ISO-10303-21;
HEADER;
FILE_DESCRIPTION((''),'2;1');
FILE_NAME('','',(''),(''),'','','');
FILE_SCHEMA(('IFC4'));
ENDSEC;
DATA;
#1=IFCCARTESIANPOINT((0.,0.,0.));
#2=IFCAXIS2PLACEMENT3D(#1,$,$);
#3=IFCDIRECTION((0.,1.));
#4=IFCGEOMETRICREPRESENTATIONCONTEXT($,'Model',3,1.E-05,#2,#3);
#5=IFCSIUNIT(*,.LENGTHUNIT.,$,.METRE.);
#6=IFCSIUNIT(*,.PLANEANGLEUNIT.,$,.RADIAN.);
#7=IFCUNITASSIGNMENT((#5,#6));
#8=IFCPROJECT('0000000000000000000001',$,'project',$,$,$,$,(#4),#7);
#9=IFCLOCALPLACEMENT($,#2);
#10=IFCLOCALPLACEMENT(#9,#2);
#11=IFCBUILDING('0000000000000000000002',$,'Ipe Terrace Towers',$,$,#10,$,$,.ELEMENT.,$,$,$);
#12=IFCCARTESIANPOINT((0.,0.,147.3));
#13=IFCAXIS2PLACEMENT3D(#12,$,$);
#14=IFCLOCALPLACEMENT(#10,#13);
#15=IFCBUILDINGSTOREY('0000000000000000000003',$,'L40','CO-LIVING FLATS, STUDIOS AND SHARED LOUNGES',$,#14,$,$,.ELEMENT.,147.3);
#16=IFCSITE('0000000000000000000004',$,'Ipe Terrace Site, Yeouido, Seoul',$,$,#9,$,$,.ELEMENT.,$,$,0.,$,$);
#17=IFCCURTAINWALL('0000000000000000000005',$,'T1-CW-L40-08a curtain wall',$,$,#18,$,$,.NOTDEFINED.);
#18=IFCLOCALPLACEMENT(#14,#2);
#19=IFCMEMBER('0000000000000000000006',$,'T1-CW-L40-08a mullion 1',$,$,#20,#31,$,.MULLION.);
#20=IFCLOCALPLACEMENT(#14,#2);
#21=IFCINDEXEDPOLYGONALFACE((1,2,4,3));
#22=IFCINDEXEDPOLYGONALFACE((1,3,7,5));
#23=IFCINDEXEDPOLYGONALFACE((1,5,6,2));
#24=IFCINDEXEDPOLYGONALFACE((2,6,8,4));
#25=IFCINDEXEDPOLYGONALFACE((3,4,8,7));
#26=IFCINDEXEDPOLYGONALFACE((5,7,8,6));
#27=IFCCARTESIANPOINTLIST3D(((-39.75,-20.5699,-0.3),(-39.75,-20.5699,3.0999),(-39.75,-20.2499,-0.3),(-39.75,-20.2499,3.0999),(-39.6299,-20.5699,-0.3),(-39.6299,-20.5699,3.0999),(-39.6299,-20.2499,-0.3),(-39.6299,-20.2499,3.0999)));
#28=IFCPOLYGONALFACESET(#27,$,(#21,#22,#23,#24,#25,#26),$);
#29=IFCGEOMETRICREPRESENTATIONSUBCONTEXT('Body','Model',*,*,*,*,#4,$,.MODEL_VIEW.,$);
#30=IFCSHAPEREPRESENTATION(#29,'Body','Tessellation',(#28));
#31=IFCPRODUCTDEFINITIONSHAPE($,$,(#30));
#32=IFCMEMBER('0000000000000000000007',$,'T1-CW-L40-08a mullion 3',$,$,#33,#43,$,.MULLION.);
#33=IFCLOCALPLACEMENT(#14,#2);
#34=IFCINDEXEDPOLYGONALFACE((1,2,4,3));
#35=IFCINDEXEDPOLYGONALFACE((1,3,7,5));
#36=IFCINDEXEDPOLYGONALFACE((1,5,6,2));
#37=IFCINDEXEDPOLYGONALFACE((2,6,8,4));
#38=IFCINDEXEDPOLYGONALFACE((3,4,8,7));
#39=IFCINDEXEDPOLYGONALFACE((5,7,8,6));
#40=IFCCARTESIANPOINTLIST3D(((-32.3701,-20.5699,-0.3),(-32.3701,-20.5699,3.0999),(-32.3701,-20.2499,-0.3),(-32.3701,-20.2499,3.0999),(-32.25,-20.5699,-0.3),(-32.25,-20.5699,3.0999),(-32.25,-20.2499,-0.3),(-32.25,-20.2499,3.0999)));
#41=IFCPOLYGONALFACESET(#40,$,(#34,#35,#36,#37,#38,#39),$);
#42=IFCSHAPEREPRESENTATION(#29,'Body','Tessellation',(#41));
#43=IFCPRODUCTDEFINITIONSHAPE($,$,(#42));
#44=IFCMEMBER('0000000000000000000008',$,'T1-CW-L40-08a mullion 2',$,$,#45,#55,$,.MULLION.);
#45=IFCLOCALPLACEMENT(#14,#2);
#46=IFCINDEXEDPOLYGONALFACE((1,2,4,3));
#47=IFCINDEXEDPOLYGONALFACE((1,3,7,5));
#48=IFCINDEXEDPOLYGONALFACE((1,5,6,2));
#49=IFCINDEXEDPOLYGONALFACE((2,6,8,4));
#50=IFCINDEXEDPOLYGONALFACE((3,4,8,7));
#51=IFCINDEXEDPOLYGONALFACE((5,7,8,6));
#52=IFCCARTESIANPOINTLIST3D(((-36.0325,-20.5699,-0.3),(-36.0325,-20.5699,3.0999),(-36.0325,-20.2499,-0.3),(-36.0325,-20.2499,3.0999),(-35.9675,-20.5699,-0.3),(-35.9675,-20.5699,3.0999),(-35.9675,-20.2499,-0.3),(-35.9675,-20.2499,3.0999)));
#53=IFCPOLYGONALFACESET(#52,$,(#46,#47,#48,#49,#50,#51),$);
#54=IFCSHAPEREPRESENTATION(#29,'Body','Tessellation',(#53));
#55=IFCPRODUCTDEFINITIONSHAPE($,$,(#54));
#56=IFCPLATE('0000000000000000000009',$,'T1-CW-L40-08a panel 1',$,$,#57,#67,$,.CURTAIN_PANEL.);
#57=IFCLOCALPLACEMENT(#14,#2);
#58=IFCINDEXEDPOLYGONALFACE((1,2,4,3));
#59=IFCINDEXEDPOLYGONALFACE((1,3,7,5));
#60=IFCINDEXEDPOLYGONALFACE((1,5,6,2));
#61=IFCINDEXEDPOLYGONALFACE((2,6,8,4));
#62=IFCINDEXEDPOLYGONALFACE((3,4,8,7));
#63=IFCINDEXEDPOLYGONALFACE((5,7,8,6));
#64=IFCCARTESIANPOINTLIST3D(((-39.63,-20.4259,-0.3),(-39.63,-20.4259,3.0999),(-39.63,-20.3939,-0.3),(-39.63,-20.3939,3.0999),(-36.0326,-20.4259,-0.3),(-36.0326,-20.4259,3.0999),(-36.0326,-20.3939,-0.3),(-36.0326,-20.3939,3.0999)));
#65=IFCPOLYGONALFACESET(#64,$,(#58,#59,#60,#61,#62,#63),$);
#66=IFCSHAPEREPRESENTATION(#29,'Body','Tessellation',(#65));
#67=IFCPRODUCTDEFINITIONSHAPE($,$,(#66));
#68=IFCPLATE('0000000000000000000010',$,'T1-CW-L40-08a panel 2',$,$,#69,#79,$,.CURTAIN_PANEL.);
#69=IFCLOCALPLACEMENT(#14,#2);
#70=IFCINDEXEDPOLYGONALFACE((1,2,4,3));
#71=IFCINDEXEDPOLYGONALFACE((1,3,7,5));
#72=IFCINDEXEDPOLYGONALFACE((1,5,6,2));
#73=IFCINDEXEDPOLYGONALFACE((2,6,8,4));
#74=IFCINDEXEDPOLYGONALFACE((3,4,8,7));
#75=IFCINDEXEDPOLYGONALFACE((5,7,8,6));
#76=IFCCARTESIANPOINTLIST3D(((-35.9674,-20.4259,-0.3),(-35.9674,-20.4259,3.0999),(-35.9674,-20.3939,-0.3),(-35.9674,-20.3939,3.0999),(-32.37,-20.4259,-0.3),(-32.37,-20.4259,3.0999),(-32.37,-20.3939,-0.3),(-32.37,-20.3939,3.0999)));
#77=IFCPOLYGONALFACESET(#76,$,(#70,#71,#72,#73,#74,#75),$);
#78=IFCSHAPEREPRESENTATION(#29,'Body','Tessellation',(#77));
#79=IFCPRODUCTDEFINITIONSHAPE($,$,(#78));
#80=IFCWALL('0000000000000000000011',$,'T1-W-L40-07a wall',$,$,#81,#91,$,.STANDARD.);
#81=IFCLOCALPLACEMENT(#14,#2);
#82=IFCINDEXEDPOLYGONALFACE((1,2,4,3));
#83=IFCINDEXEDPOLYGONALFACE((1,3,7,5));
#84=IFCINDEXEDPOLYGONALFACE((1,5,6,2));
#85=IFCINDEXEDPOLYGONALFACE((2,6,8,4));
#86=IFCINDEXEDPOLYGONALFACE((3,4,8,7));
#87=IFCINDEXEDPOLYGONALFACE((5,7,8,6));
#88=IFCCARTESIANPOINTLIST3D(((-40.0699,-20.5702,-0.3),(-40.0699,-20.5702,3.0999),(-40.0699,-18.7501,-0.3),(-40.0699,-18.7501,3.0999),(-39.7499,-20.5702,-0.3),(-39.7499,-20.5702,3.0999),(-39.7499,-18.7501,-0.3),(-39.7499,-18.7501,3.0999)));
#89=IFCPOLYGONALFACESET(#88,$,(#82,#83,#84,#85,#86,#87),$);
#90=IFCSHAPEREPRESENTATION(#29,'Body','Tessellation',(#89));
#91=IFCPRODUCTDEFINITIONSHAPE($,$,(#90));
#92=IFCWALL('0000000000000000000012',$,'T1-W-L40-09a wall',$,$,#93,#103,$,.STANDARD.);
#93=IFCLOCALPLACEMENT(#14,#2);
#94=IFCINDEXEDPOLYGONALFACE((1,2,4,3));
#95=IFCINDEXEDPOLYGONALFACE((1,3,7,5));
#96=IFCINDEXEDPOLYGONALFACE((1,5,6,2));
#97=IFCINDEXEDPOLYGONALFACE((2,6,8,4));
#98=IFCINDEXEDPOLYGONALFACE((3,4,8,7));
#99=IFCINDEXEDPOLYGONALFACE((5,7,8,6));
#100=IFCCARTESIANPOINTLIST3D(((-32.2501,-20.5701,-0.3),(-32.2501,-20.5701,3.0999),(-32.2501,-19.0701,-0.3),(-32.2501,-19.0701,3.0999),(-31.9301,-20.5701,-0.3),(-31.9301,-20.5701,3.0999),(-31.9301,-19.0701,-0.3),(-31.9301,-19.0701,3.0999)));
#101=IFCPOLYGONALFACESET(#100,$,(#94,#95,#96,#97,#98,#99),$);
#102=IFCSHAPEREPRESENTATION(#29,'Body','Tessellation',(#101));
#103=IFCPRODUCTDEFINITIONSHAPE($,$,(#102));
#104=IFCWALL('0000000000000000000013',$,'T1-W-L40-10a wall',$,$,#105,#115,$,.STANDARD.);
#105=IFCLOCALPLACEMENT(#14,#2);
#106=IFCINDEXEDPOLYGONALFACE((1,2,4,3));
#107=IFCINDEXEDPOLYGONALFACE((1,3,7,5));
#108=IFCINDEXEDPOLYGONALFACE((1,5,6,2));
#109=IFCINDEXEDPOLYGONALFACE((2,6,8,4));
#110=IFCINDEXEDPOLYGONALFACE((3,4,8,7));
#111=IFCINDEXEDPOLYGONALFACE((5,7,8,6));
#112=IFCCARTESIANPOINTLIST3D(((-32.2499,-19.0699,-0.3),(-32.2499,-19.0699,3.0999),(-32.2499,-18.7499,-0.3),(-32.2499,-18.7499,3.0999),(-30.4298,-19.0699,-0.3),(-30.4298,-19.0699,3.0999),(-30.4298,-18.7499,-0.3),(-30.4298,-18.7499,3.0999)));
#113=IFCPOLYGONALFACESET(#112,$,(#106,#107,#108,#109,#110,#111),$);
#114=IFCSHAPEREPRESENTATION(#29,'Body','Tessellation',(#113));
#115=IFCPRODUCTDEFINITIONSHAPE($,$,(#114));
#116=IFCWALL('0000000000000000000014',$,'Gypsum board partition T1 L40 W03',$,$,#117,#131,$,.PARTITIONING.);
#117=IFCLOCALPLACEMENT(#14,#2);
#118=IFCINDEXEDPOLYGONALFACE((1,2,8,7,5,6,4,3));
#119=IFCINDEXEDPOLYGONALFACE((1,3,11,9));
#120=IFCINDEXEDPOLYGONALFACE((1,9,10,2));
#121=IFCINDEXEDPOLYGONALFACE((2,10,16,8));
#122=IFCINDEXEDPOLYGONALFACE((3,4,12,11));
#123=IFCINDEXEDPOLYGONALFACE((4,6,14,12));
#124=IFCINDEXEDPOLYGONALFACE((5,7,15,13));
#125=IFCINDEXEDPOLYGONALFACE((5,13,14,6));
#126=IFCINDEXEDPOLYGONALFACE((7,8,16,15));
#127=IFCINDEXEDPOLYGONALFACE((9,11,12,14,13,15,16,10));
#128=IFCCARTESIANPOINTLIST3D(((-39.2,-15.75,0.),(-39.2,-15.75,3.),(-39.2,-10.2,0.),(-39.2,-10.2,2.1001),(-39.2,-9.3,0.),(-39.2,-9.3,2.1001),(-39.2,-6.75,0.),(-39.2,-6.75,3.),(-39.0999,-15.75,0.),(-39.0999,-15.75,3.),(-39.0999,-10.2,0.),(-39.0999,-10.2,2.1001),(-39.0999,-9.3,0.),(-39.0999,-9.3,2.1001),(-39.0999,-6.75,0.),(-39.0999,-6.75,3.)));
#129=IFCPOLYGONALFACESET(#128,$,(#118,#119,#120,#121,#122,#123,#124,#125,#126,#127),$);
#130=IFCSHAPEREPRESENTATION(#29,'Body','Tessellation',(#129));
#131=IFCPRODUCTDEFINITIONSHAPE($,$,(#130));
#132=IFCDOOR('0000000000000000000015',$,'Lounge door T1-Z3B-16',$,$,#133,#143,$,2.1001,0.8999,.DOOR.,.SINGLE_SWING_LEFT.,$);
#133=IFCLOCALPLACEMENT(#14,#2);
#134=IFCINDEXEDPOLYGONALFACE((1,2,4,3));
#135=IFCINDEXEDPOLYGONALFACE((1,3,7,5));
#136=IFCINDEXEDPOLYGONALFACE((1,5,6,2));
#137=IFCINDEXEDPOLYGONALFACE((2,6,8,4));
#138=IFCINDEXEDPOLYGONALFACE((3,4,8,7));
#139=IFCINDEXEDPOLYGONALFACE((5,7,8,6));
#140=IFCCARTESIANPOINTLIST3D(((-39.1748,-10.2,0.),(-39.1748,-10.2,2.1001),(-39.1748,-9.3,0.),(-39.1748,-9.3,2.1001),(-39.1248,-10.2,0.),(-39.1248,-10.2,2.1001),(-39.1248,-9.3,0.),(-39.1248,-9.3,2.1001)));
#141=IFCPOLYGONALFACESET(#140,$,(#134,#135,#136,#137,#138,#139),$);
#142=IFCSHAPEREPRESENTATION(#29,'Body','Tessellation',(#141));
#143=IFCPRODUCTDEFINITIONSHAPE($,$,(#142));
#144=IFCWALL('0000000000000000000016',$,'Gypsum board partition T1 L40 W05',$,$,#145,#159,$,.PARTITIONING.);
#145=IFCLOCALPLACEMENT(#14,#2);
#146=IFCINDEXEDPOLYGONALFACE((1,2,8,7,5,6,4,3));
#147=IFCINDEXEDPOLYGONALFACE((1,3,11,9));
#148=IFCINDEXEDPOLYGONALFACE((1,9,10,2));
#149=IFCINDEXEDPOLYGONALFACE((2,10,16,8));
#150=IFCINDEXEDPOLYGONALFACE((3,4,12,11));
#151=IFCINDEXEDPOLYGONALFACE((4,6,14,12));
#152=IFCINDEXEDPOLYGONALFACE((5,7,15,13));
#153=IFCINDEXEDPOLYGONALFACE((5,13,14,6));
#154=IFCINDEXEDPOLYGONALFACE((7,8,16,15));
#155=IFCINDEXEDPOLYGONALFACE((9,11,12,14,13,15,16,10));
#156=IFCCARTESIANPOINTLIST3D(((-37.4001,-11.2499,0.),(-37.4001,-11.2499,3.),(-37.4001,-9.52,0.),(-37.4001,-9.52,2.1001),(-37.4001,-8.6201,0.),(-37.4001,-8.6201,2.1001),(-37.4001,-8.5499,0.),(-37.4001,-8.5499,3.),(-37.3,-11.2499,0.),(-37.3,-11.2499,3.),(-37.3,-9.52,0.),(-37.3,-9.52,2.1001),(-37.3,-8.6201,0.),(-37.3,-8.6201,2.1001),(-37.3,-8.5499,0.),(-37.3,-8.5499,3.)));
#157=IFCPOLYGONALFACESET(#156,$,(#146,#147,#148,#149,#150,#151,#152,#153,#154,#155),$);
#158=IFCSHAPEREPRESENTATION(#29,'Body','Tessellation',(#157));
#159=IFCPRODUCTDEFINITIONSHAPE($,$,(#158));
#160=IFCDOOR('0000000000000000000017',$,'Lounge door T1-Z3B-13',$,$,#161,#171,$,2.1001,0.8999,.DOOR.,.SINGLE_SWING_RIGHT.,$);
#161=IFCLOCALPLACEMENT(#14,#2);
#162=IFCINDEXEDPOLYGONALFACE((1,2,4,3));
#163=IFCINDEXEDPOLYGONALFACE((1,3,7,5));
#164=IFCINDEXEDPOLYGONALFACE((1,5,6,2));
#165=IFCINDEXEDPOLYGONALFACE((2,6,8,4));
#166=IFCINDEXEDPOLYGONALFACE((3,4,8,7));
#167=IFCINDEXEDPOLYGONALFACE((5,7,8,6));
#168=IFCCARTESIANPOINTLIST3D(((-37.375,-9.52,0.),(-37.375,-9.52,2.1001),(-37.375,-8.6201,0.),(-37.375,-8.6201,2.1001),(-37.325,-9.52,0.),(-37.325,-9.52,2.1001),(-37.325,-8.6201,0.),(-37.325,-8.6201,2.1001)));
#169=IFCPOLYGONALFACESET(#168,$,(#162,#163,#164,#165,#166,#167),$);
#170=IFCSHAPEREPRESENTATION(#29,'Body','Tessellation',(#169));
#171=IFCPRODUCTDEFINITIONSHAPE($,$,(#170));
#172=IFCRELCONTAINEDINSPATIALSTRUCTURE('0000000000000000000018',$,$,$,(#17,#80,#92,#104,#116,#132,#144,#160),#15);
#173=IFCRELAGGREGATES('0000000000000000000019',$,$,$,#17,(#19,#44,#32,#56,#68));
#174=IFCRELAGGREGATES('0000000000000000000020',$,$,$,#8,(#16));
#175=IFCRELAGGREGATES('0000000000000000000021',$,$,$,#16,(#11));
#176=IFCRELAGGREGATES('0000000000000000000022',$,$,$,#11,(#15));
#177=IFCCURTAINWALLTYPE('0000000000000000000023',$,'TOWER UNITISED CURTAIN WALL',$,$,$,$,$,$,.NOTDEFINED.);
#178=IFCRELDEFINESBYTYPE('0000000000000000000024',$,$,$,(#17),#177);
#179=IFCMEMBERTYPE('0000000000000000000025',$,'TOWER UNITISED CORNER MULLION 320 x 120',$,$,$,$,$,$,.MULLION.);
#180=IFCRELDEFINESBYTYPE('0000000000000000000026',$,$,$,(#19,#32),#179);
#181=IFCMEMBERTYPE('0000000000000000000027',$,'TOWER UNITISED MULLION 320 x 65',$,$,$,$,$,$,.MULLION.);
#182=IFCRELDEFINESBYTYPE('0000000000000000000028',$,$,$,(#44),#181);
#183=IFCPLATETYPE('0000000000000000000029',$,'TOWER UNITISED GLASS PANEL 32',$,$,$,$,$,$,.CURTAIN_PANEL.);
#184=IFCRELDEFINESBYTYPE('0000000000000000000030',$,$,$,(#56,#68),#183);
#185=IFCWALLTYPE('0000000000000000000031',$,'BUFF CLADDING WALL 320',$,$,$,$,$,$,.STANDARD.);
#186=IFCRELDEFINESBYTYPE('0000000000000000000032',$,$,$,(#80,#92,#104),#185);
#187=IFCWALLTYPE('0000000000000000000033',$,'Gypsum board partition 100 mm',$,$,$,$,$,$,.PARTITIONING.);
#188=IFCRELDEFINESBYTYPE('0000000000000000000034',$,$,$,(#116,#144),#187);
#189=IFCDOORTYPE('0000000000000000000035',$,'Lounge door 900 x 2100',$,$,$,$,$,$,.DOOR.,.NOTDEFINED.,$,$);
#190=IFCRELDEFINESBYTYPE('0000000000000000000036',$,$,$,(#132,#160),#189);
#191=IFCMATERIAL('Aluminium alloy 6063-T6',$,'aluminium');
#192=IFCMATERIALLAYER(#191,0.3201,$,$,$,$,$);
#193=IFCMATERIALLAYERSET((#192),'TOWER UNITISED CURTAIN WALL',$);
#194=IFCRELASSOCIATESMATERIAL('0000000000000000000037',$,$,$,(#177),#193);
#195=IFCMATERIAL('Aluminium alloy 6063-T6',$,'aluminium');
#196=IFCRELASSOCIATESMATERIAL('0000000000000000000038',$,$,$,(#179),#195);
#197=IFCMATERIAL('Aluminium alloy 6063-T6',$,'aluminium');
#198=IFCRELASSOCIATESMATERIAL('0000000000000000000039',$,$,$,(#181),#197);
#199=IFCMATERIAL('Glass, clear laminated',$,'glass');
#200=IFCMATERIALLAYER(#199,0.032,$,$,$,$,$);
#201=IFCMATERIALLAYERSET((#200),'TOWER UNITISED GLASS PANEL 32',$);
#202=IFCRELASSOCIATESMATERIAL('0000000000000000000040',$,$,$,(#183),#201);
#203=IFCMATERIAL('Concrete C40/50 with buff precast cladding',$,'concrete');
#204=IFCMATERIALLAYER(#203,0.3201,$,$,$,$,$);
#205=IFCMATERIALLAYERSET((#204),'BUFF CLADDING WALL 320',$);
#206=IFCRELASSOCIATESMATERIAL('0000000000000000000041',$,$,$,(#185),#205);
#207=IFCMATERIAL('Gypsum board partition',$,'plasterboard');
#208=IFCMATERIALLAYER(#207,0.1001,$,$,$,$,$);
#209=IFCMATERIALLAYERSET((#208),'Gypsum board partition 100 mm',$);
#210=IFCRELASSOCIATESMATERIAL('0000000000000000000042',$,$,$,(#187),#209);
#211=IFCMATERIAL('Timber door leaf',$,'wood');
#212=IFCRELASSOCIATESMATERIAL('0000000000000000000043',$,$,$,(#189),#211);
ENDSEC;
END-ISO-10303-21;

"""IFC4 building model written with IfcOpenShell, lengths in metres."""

from ifc_helpers import new_model, si_unit, direction, frame, frame_2d, origin, origin_2d, place, context, subcontext, project, spatial, rectangle, extrude, material, layer, layer_set, material_profile, profile_set, type_object, element, fill, aggregate, save


model = new_model("IFC4")

# Units and contexts
model_context = context("Model", 3, precision=1e-05, world=origin(), true_north=direction((0.0, 1.0)))
body_context = subcontext(model_context, "Body", "Model", "MODEL_VIEW")
ifc_project = project(units=[si_unit("LENGTHUNIT", "METRE"), si_unit("PLANEANGLEUNIT", "RADIAN")], contexts=[model_context])

# Site, building, storey
site_placement = place(None, origin())
site = spatial("IfcSite", under=ifc_project, at=site_placement, Name="Ipe Terrace Site, Yeouido, Seoul", CompositionType="ELEMENT", RefElevation=0.0)
building_placement = place(site_placement, origin())
building = spatial("IfcBuilding", under=site, at=building_placement, Name="Ipe Terrace Towers", CompositionType="ELEMENT")
storey_placement = place(building_placement, frame((0.0, 0.0, 147.3)))
storey = spatial("IfcBuildingStorey", under=building, at=storey_placement, Name="L40", Description="CO-LIVING FLATS, STUDIOS AND SHARED LOUNGES", CompositionType="ELEMENT", Elevation=147.3)

# Curtain wall, members, plates
ifc_material_1 = material(Name="Aluminium alloy 6063-T6", Category="aluminium")
ifc_layer_1 = layer(ifc_material_1, 0.3201)
ifc_layer_set_1 = layer_set([ifc_layer_1], Name="TOWER UNITISED CURTAIN WALL")
curtain_wall_type = type_object("IfcCurtainWallType", Name="TOWER UNITISED CURTAIN WALL", PredefinedType="NOTDEFINED", material=ifc_layer_set_1)
curtain_wall_placement = place(storey_placement, origin())
curtain_wall = element("IfcCurtainWall", 1, at=curtain_wall_placement, inside=storey, type_object=curtain_wall_type, Name="T1-CW-L40-08a curtain wall", PredefinedType="NOTDEFINED")
ifc_material_2 = material(Name="Aluminium alloy 6063-T6", Category="aluminium")
ifc_material_profile_1 = material_profile(ifc_material_2, rectangle(XDim=0.3201, YDim=0.1201, at=origin_2d()), Name="TOWER UNITISED CORNER MULLION 320 x 120")
ifc_profile_set_1 = profile_set([ifc_material_profile_1], Name="Aluminium alloy 6063-T6")
member_type_1 = type_object("IfcMemberType", Name="TOWER UNITISED CORNER MULLION 320 x 120", PredefinedType="MULLION", material=ifc_profile_set_1)
member_1_placement = place(storey_placement, frame((-39.6899, -20.4099, -0.3), z_axis=(0.0, 0.0, 1.0), x_axis=(0.0, -1.0, 0.0)))
member_1 = element("IfcMember", 2, at=member_1_placement, type_object=member_type_1, Name="T1-CW-L40-08a mullion 1", PredefinedType="MULLION", context=body_context, shape_type="SweptSolid", body=[
    extrude(rectangle(XDim=0.3201, YDim=0.1201, at=origin_2d()), origin(), (0.0, 0.0, 1.0), 3.3999),
])
member_2_placement = place(storey_placement, frame((-32.3101, -20.4099, -0.3), z_axis=(0.0, 0.0, 1.0), x_axis=(0.0, -1.0, 0.0)))
member_2 = element("IfcMember", 3, at=member_2_placement, type_object=member_type_1, Name="T1-CW-L40-08a mullion 3", PredefinedType="MULLION", context=body_context, shape_type="SweptSolid", body=[
    extrude(rectangle(XDim=0.3201, YDim=0.1201, at=origin_2d()), origin(), (0.0, 0.0, 1.0), 3.3999),
])
ifc_material_3 = material(Name="Aluminium alloy 6063-T6", Category="aluminium")
ifc_material_profile_2 = material_profile(ifc_material_3, rectangle(XDim=0.3201, YDim=0.0649, at=origin_2d()), Name="TOWER UNITISED MULLION 320 x 65")
ifc_profile_set_2 = profile_set([ifc_material_profile_2], Name="Aluminium alloy 6063-T6")
member_type_2 = type_object("IfcMemberType", Name="TOWER UNITISED MULLION 320 x 65", PredefinedType="MULLION", material=ifc_profile_set_2)
member_3_placement = place(storey_placement, frame((-36.0, -20.4099, -0.3), z_axis=(0.0, 0.0, 1.0), x_axis=(0.0, -1.0, 0.0)))
member_3 = element("IfcMember", 4, at=member_3_placement, type_object=member_type_2, Name="T1-CW-L40-08a mullion 2", PredefinedType="MULLION", context=body_context, shape_type="SweptSolid", body=[
    extrude(rectangle(XDim=0.3201, YDim=0.0649, at=origin_2d()), origin(), (0.0, 0.0, 1.0), 3.3999),
])
ifc_material_4 = material(Name="Glass, clear laminated", Category="glass")
ifc_layer_2 = layer(ifc_material_4, 0.032)
ifc_layer_set_2 = layer_set([ifc_layer_2], Name="TOWER UNITISED GLASS PANEL 32")
plate_type = type_object("IfcPlateType", Name="TOWER UNITISED GLASS PANEL 32", PredefinedType="CURTAIN_PANEL", material=ifc_layer_set_2)
plate_1_placement = place(storey_placement, frame((-37.8313, -20.4099, -0.3), z_axis=(0.0, 0.0, 1.0), x_axis=(1.0, 0.0, 0.0)))
plate_1 = element("IfcPlate", 5, at=plate_1_placement, type_object=plate_type, Name="T1-CW-L40-08a panel 1", PredefinedType="CURTAIN_PANEL", context=body_context, shape_type="SweptSolid", body=[
    extrude(rectangle(XDim=3.5974, YDim=0.032, at=origin_2d()), origin(), (0.0, 0.0, 1.0), 3.3999),
])
plate_2_placement = place(storey_placement, frame((-34.1687, -20.4099, -0.3), z_axis=(0.0, 0.0, 1.0), x_axis=(1.0, 0.0, 0.0)))
plate_2 = element("IfcPlate", 6, at=plate_2_placement, type_object=plate_type, Name="T1-CW-L40-08a panel 2", PredefinedType="CURTAIN_PANEL", context=body_context, shape_type="SweptSolid", body=[
    extrude(rectangle(XDim=3.5974, YDim=0.032, at=origin_2d()), origin(), (0.0, 0.0, 1.0), 3.3999),
])
aggregate(curtain_wall, [member_1, member_3, member_2, plate_1, plate_2])

# Walls
ifc_material_5 = material(Name="Concrete C40/50 with buff precast cladding", Category="concrete")
ifc_layer_3 = layer(ifc_material_5, 0.3201)
ifc_layer_set_3 = layer_set([ifc_layer_3], Name="BUFF CLADDING WALL 320")
wall_type_1 = type_object("IfcWallType", Name="BUFF CLADDING WALL 320", PredefinedType="STANDARD", material=ifc_layer_set_3)
wall_1_placement = place(storey_placement, frame((-39.9099, -18.75, -0.3), z_axis=(0.0, 0.0, 1.0), x_axis=(0.0, -1.0, 0.0)))
element("IfcWall", 7, at=wall_1_placement, inside=storey, type_object=wall_type_1, Name="T1-W-L40-07a wall", PredefinedType="STANDARD", context=body_context, shape_type="SweptSolid", body=[
    extrude(rectangle(XDim=1.8201, YDim=0.3201, at=frame_2d((0.9102, 0.0))), origin(), (0.0, 0.0, 1.0), 3.3999),
])
wall_2_placement = place(storey_placement, frame((-32.0901, -20.5701, -0.3), z_axis=(0.0, 0.0, 1.0), x_axis=(0.0, 1.0, 0.0)))
element("IfcWall", 8, at=wall_2_placement, inside=storey, type_object=wall_type_1, Name="T1-W-L40-09a wall", PredefinedType="STANDARD", context=body_context, shape_type="SweptSolid", body=[
    extrude(rectangle(XDim=1.5, YDim=0.3201, at=frame_2d((0.75, 0.0))), origin(), (0.0, 0.0, 1.0), 3.3999),
])
wall_3_placement = place(storey_placement, frame((-32.25, -18.9099, -0.3), z_axis=(0.0, 0.0, 1.0), x_axis=(1.0, 0.0, 0.0)))
element("IfcWall", 9, at=wall_3_placement, inside=storey, type_object=wall_type_1, Name="T1-W-L40-10a wall", PredefinedType="STANDARD", context=body_context, shape_type="SweptSolid", body=[
    extrude(rectangle(XDim=1.8201, YDim=0.3201, at=frame_2d((0.9102, 0.0))), origin(), (0.0, 0.0, 1.0), 3.3999),
])

# Walls, openings, doors
ifc_material_6 = material(Name="Gypsum board partition", Category="plasterboard")
ifc_layer_4 = layer(ifc_material_6, 0.1001)
ifc_layer_set_4 = layer_set([ifc_layer_4], Name="Gypsum board partition 100 mm")
wall_type_2 = type_object("IfcWallType", Name="Gypsum board partition 100 mm", PredefinedType="PARTITIONING", material=ifc_layer_set_4)
wall_4_placement = place(storey_placement, frame((-39.1499, -15.75, 0.0), z_axis=(0.0, 0.0, 1.0), x_axis=(0.0, 1.0, 0.0)))
wall_4 = element("IfcWall", 10, at=wall_4_placement, inside=storey, type_object=wall_type_2, Name="Gypsum board partition T1 L40 W03", PredefinedType="PARTITIONING", context=body_context, shape_type="SweptSolid", body=[
    extrude(rectangle(XDim=9.0, YDim=0.1001, at=frame_2d((4.5, 0.0))), origin(), (0.0, 0.0, 1.0), 3.0),
])
opening_1_placement = place(wall_4_placement, frame((5.55, 0.0, 0.0)))
opening_1 = element("IfcOpeningElement", 11, at=opening_1_placement, cuts=wall_4, PredefinedType="OPENING", context=body_context, shape_type="SweptSolid", body=[
    extrude(rectangle(XDim=0.8999, YDim=2.1001, at=frame_2d((0.45, 1.05))), frame((0.0, 0.0601, 0.0), z_axis=(0.0, -1.0, 0.0), x_axis=(1.0, 0.0, 0.0)), (0.0, 0.0, 1.0), 0.1201),
])
ifc_material_7 = material(Name="Timber door leaf", Category="wood")
door_type_1 = type_object("IfcDoorType", Name="Lounge door 900 x 2100", OperationType="NOTDEFINED", PredefinedType="DOOR", material=ifc_material_7)
door_1_placement = place(opening_1_placement, origin())
door_1 = element("IfcDoor", 12, at=door_1_placement, inside=storey, type_object=door_type_1, Name="Lounge door T1-Z3B-16", OperationType="SINGLE_SWING_LEFT", OverallHeight=2.1001, OverallWidth=0.8999, PredefinedType="DOOR", context=body_context, shape_type="SweptSolid", body=[
    extrude(rectangle(XDim=0.8999, YDim=2.1001, at=frame_2d((0.45, 1.05))), frame((0.0, 0.0249, 0.0), z_axis=(0.0, -1.0, 0.0), x_axis=(1.0, 0.0, 0.0)), (0.0, 0.0, 1.0), 0.05),
])
fill(opening_1, door_1)
wall_5_placement = place(storey_placement, frame((-37.3501, -11.25, 0.0), z_axis=(0.0, 0.0, 1.0), x_axis=(0.0, 1.0, 0.0)))
wall_5 = element("IfcWall", 13, at=wall_5_placement, inside=storey, type_object=wall_type_2, Name="Gypsum board partition T1 L40 W05", PredefinedType="PARTITIONING", context=body_context, shape_type="SweptSolid", body=[
    extrude(rectangle(XDim=2.7, YDim=0.1001, at=frame_2d((1.3501, 0.0))), origin(), (0.0, 0.0, 1.0), 3.0),
])
opening_2_placement = place(wall_5_placement, frame((1.73, 0.0, 0.0)))
opening_2 = element("IfcOpeningElement", 14, at=opening_2_placement, cuts=wall_5, PredefinedType="OPENING", context=body_context, shape_type="SweptSolid", body=[
    extrude(rectangle(XDim=0.8999, YDim=2.1001, at=frame_2d((0.45, 1.05))), frame((0.0, 0.0601, 0.0), z_axis=(0.0, -1.0, 0.0), x_axis=(1.0, 0.0, 0.0)), (0.0, 0.0, 1.0), 0.1201),
])
door_2_placement = place(opening_2_placement, origin())
door_2 = element("IfcDoor", 15, at=door_2_placement, inside=storey, type_object=door_type_1, Name="Lounge door T1-Z3B-13", OperationType="SINGLE_SWING_RIGHT", OverallHeight=2.1001, OverallWidth=0.8999, PredefinedType="DOOR", context=body_context, shape_type="SweptSolid", body=[
    extrude(rectangle(XDim=0.8999, YDim=2.1001, at=frame_2d((0.45, 1.05))), frame((0.0, 0.0249, 0.0), z_axis=(0.0, -1.0, 0.0), x_axis=(1.0, 0.0, 0.0)), (0.0, 0.0, 1.0), 0.05),
])
fill(opening_2, door_2)

save(model, "model.ifc")
